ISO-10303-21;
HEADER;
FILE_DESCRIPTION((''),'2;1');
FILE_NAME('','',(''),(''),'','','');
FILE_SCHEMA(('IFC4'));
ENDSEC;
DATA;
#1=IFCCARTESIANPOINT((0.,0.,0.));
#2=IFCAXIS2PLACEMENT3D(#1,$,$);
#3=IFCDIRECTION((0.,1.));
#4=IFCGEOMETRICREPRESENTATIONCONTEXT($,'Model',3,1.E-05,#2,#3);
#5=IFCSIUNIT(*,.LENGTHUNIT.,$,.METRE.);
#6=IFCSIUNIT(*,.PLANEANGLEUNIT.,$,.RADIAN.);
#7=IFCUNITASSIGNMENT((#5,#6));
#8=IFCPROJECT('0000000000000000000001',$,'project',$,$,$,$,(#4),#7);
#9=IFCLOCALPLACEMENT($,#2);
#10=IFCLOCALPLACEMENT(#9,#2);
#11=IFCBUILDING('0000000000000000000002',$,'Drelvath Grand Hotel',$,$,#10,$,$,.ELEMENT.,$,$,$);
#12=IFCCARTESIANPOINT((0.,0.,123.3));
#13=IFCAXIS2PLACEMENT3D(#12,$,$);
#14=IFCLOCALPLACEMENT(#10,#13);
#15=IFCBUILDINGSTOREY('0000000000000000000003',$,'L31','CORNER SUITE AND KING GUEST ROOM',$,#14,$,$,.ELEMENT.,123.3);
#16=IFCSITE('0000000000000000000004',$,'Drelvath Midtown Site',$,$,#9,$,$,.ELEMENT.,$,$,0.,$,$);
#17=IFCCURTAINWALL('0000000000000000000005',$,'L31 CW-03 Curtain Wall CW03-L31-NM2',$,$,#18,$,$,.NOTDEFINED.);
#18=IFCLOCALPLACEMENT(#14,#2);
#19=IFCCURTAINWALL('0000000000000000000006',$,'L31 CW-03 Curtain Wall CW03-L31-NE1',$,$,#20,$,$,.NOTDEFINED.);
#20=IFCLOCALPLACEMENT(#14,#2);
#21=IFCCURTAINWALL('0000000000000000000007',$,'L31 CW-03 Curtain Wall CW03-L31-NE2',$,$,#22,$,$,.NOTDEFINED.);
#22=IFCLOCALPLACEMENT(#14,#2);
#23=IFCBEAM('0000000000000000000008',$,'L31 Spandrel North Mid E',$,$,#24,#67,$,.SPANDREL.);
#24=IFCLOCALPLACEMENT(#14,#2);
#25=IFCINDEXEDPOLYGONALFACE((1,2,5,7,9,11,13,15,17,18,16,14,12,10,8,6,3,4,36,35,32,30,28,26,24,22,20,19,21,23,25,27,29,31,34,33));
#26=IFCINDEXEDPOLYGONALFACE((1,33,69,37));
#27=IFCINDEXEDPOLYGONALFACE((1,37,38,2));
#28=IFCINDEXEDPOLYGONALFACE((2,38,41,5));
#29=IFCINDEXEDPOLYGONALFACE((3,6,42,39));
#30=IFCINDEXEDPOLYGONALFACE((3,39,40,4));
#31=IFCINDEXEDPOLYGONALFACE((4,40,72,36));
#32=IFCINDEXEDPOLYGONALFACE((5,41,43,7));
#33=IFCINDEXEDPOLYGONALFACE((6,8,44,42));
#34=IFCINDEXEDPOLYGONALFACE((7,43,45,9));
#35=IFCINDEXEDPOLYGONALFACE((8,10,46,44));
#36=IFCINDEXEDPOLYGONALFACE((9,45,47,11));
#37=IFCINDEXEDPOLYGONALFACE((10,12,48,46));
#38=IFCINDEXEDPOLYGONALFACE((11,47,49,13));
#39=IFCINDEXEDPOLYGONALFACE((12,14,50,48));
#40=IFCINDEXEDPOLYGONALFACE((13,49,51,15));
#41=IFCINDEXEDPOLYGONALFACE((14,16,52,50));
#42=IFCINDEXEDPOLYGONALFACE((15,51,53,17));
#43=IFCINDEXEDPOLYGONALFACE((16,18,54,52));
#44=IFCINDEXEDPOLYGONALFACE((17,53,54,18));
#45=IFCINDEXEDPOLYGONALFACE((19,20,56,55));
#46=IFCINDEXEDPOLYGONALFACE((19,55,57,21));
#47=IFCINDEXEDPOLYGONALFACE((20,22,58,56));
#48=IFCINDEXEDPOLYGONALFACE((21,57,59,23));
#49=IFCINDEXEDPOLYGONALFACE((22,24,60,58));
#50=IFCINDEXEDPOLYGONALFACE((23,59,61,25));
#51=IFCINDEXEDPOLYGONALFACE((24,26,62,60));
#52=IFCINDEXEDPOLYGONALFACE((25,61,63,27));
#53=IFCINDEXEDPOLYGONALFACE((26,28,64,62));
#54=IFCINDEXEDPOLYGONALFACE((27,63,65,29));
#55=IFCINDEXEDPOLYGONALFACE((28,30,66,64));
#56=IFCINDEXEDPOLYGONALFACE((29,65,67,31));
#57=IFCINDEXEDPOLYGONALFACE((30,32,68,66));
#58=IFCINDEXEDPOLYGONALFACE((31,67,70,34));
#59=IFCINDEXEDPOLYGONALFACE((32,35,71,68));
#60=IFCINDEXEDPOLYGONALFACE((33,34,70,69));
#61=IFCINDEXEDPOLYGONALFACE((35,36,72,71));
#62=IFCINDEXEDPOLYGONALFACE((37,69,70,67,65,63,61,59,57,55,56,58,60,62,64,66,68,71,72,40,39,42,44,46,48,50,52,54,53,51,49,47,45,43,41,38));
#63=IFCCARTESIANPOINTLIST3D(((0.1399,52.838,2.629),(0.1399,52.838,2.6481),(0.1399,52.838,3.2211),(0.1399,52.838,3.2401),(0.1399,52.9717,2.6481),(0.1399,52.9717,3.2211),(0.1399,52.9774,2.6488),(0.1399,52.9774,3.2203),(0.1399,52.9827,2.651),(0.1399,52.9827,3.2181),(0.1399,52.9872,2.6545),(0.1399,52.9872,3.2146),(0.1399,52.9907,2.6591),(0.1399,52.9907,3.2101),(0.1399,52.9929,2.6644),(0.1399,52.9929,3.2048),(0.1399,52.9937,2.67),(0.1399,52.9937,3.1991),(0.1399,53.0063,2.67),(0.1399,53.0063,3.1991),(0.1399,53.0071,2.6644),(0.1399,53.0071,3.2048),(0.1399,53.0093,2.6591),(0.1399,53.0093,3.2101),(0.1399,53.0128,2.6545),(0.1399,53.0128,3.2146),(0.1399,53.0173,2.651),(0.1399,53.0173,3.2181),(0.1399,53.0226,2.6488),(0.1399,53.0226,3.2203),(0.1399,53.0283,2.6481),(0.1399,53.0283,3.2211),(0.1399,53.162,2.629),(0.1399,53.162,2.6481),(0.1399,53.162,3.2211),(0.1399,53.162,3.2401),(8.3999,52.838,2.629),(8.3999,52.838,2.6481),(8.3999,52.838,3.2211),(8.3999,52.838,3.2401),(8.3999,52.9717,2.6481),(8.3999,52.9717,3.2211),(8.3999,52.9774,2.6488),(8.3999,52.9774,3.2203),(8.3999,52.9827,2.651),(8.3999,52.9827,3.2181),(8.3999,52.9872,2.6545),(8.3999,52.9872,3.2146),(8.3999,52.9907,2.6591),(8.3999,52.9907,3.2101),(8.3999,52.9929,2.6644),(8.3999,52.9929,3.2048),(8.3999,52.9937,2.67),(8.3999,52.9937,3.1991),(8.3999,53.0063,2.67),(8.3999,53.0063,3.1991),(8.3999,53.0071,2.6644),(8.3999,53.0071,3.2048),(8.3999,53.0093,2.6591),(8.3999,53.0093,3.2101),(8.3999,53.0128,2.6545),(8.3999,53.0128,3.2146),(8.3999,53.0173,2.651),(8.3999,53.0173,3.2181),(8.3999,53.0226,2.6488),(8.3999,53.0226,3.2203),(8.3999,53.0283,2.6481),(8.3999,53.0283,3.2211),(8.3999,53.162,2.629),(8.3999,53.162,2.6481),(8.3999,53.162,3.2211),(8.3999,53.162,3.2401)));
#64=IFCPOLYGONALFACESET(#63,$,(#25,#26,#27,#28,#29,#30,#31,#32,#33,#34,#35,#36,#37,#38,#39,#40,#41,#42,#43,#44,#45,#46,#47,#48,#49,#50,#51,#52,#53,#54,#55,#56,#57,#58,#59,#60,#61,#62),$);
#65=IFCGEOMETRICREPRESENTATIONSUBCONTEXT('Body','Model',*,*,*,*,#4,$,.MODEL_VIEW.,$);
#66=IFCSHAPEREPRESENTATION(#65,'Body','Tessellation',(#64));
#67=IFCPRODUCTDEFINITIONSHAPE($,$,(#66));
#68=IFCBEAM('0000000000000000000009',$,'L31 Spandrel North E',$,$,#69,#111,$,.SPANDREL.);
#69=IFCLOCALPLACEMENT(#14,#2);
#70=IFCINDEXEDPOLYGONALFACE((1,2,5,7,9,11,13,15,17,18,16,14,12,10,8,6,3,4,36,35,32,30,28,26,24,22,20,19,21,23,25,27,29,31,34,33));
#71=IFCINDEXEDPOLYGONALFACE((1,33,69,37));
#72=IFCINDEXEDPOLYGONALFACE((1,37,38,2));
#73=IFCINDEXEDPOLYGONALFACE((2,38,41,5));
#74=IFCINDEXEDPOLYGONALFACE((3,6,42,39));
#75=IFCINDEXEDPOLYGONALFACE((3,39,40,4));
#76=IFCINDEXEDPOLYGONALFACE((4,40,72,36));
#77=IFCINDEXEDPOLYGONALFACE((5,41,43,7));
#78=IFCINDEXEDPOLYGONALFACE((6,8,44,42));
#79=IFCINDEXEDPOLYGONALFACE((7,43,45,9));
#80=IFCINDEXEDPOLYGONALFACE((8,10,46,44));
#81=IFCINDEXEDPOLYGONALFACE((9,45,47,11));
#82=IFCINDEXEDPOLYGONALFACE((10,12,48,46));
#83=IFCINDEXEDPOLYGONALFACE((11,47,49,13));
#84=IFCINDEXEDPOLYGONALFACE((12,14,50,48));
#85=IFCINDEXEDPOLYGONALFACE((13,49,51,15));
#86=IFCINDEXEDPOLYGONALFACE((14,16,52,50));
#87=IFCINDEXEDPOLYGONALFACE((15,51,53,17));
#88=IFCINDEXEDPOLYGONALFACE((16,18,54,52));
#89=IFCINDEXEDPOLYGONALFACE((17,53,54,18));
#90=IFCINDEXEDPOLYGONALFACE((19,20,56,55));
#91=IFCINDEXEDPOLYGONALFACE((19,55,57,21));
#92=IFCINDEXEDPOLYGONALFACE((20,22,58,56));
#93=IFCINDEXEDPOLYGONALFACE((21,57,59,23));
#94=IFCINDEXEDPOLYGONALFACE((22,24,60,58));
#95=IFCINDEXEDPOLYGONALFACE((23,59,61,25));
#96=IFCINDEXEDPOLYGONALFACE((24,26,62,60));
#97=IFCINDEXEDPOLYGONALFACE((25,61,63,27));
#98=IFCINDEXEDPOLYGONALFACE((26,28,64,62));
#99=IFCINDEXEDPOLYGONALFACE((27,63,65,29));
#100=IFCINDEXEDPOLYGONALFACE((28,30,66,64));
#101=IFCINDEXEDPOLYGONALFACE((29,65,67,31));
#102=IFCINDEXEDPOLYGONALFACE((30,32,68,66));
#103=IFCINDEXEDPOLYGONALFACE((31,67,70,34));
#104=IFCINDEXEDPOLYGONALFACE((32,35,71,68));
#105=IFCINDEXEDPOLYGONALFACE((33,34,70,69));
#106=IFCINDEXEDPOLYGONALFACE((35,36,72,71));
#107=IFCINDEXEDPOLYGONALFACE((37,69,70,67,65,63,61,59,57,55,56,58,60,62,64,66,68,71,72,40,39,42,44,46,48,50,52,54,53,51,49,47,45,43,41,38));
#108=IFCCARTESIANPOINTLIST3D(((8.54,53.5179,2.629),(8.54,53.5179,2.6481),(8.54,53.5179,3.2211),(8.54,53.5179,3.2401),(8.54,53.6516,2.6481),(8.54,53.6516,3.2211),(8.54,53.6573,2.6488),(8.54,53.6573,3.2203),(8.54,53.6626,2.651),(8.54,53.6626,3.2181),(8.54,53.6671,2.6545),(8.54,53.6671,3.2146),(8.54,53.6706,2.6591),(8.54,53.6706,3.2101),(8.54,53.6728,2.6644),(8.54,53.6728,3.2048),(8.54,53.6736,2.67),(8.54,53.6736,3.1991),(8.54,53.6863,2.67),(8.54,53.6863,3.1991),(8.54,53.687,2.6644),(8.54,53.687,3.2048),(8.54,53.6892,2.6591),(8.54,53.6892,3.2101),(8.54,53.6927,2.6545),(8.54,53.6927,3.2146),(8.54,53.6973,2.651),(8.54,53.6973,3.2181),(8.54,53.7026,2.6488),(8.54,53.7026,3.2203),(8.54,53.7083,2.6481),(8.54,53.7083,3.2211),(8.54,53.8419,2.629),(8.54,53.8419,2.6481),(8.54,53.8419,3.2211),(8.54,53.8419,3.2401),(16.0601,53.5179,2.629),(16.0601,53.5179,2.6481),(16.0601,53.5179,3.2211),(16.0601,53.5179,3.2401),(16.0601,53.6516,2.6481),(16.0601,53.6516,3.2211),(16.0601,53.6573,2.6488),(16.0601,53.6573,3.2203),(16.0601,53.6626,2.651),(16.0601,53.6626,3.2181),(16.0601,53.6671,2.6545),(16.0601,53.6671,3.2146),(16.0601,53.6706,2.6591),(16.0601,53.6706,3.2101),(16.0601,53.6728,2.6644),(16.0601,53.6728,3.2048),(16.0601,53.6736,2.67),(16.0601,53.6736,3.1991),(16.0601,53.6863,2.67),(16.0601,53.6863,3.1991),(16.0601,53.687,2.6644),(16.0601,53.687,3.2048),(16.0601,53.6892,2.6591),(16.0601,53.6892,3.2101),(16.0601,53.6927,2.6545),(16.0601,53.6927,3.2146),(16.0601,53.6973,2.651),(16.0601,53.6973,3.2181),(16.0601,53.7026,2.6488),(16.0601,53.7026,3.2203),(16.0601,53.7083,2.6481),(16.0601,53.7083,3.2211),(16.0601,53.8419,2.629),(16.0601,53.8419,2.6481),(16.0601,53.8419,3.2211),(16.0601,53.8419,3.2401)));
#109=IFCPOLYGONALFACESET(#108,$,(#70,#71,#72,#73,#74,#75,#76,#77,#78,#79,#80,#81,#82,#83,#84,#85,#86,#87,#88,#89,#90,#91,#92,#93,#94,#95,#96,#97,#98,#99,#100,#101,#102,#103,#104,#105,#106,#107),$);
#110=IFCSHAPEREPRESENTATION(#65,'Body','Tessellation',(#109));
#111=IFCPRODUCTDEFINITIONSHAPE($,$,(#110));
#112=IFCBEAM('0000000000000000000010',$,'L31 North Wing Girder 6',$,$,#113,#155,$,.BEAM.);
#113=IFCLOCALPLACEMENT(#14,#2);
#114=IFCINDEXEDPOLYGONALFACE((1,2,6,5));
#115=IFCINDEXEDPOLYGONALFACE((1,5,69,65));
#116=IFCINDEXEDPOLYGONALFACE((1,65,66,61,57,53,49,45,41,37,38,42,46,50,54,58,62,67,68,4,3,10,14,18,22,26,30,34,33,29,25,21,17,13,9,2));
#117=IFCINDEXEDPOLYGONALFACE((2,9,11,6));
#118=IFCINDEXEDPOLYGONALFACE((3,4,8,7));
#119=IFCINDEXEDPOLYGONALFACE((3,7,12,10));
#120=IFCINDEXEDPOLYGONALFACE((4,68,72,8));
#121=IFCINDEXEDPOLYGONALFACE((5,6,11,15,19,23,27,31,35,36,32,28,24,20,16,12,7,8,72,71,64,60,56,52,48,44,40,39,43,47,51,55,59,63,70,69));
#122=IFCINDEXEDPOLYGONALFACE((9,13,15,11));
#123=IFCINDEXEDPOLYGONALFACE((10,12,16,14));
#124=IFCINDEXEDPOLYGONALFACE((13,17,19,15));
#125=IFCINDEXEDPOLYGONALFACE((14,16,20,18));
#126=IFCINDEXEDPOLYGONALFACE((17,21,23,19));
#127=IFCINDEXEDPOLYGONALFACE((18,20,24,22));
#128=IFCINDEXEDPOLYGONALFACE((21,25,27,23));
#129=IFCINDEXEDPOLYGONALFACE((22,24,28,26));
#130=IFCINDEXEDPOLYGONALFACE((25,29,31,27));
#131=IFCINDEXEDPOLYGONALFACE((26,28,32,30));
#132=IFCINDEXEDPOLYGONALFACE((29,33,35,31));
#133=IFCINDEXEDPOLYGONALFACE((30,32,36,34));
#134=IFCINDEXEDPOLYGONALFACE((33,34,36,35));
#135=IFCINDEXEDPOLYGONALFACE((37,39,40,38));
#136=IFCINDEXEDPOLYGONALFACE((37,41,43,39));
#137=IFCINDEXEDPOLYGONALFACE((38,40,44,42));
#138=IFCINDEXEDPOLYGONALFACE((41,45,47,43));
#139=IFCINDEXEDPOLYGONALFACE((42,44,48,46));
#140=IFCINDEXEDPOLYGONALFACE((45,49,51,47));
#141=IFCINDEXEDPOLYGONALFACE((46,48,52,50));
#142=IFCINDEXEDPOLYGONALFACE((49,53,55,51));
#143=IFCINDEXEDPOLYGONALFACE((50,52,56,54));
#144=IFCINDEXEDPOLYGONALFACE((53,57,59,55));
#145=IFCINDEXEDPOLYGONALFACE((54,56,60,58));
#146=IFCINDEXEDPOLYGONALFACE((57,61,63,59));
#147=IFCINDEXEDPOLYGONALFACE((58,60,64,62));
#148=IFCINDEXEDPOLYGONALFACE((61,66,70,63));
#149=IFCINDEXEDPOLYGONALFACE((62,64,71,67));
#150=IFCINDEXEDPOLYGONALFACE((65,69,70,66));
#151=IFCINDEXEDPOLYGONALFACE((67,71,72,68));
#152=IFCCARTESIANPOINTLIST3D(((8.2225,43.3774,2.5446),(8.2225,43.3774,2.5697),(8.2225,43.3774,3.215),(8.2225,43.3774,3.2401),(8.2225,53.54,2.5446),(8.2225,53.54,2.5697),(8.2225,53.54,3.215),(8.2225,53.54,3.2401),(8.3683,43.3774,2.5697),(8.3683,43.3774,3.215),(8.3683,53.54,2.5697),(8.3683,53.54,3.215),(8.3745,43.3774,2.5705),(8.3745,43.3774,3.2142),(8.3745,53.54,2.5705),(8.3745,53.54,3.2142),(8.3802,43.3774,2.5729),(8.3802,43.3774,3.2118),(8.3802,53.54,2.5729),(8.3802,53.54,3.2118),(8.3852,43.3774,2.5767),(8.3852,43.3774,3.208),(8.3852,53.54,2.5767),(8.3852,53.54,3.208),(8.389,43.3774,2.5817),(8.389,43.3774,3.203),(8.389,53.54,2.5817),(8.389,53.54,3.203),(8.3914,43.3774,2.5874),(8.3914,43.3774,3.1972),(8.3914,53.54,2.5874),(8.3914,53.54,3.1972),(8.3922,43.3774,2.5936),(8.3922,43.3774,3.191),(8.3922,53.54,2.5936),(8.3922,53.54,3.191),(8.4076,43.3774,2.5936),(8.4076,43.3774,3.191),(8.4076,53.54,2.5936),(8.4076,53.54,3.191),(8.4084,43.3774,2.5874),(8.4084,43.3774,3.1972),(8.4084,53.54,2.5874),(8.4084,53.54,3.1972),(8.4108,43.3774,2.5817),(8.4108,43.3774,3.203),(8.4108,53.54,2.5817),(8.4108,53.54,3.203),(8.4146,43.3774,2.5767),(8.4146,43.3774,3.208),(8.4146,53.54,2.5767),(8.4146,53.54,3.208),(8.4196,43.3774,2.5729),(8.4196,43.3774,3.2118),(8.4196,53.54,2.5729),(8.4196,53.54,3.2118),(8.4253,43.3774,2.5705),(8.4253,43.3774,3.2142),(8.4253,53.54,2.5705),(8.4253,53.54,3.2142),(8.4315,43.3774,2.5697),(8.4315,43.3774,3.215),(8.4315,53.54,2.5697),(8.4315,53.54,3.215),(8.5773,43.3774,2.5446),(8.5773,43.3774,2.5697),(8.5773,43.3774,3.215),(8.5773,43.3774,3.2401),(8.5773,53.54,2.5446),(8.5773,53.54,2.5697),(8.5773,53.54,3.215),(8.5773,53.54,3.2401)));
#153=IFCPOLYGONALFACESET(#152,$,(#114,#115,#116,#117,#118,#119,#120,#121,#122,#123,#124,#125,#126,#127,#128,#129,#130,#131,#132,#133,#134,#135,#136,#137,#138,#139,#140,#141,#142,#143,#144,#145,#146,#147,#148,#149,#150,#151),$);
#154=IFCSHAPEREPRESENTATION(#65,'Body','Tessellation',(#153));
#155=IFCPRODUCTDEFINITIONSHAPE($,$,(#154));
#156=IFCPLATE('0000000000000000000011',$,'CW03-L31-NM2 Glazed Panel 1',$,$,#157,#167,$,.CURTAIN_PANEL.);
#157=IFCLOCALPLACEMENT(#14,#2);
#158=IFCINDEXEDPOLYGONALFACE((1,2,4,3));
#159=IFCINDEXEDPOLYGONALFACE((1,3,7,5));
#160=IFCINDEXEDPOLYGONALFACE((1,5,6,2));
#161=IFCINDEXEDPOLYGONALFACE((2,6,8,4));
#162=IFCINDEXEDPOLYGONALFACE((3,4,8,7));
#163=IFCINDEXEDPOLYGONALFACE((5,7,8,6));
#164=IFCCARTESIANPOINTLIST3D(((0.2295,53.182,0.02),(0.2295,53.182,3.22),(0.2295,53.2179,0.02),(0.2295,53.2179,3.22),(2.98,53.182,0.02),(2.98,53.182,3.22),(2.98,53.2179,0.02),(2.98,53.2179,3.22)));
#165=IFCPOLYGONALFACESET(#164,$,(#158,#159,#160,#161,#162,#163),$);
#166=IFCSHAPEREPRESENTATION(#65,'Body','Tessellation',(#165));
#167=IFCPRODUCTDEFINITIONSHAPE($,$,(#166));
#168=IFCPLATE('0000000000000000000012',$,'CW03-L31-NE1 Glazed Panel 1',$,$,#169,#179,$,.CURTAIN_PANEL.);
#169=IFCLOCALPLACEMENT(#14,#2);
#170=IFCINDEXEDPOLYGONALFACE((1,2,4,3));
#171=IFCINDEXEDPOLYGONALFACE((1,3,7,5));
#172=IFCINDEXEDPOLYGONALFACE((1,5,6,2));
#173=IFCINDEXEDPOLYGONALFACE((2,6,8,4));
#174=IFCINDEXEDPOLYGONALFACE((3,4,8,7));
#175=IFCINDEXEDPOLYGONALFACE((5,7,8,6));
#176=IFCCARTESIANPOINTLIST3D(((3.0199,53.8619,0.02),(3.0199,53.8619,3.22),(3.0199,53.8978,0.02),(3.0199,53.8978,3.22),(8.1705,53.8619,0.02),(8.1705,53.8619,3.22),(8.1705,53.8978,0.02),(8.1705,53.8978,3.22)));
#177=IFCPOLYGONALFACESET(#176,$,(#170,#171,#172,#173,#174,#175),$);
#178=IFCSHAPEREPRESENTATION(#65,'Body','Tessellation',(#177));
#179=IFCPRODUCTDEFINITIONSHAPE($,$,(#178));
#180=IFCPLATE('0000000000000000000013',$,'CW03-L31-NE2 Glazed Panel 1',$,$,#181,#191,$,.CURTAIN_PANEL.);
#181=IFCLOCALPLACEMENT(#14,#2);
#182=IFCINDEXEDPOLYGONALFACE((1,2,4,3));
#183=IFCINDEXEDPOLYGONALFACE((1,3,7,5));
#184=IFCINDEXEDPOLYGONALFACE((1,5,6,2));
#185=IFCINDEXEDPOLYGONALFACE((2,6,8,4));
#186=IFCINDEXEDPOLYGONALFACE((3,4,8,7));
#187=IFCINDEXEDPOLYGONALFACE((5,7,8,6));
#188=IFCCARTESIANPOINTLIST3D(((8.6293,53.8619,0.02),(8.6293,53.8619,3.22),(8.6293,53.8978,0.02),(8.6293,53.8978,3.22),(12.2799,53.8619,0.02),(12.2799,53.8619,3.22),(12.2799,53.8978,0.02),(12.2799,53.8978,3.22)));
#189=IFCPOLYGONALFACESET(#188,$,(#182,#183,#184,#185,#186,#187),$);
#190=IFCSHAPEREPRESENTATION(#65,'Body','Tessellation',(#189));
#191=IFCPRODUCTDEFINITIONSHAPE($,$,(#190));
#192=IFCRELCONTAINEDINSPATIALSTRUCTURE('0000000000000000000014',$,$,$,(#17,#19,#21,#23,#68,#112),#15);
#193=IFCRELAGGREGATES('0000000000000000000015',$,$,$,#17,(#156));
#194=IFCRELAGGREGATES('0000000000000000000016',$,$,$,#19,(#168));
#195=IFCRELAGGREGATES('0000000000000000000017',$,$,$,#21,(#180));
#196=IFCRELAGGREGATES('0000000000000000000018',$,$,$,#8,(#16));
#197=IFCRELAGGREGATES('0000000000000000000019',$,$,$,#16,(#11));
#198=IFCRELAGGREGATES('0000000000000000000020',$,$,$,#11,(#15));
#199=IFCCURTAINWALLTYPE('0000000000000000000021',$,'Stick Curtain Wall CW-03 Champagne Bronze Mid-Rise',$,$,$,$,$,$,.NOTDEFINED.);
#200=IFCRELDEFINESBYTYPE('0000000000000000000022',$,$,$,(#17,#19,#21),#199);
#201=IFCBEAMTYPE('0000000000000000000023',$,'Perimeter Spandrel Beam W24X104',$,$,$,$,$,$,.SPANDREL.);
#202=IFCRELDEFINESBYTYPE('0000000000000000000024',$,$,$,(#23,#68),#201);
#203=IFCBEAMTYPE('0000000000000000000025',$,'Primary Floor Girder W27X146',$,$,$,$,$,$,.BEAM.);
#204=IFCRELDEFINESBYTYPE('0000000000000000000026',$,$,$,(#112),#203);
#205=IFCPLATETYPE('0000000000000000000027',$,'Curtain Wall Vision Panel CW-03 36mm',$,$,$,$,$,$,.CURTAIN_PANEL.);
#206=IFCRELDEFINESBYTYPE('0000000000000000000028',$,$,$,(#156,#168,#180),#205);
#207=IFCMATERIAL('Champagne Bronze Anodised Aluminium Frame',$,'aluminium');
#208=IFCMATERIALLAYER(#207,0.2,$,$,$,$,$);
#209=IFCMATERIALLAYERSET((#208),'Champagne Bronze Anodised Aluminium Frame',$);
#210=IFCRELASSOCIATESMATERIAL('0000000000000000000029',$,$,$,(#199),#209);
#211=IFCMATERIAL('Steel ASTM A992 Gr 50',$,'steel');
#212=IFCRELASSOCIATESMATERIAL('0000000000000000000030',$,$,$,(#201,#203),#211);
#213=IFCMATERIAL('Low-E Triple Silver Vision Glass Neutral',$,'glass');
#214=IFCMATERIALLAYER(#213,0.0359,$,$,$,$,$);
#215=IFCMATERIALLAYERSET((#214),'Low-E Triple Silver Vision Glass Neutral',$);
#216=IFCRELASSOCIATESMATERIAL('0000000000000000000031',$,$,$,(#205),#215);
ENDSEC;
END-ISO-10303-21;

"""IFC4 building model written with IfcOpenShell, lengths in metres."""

from ifc_helpers import new_model, si_unit, direction, frame, origin, origin_2d, place, context, subcontext, project, spatial, rectangle, i_section, extrude, material, layer, layer_set, material_profile, profile_set, type_object, element, aggregate, save


model = new_model("IFC4")

# Units and contexts
model_context = context("Model", 3, precision=1e-05, world=origin(), true_north=direction((0.0, 1.0)))
body_context = subcontext(model_context, "Body", "Model", "MODEL_VIEW")
ifc_project = project(units=[si_unit("LENGTHUNIT", "METRE"), si_unit("PLANEANGLEUNIT", "RADIAN")], contexts=[model_context])

# Site, building, storey
site_placement = place(None, origin())
site = spatial("IfcSite", under=ifc_project, at=site_placement, Name="Drelvath Midtown Site", CompositionType="ELEMENT", RefElevation=0.0)
building_placement = place(site_placement, origin())
building = spatial("IfcBuilding", under=site, at=building_placement, Name="Drelvath Grand Hotel", CompositionType="ELEMENT")
storey_placement = place(building_placement, frame((0.0, 0.0, 123.3)))
storey = spatial("IfcBuildingStorey", under=building, at=storey_placement, Name="L31", Description="CORNER SUITE AND KING GUEST ROOM", CompositionType="ELEMENT", Elevation=123.3)

# Curtain walls
ifc_material_1 = material(Name="Champagne Bronze Anodised Aluminium Frame", Category="aluminium")
ifc_layer_1 = layer(ifc_material_1, 0.2)
ifc_layer_set_1 = layer_set([ifc_layer_1], Name="Champagne Bronze Anodised Aluminium Frame")
curtain_wall_type = type_object("IfcCurtainWallType", Name="Stick Curtain Wall CW-03 Champagne Bronze Mid-Rise", PredefinedType="NOTDEFINED", material=ifc_layer_set_1)
curtain_wall_1_placement = place(storey_placement, origin())
curtain_wall_1 = element("IfcCurtainWall", 1, at=curtain_wall_1_placement, inside=storey, type_object=curtain_wall_type, Name="L31 CW-03 Curtain Wall CW03-L31-NM2", PredefinedType="NOTDEFINED")
curtain_wall_2_placement = place(storey_placement, origin())
curtain_wall_2 = element("IfcCurtainWall", 2, at=curtain_wall_2_placement, inside=storey, type_object=curtain_wall_type, Name="L31 CW-03 Curtain Wall CW03-L31-NE1", PredefinedType="NOTDEFINED")
curtain_wall_3_placement = place(storey_placement, origin())
curtain_wall_3 = element("IfcCurtainWall", 3, at=curtain_wall_3_placement, inside=storey, type_object=curtain_wall_type, Name="L31 CW-03 Curtain Wall CW03-L31-NE2", PredefinedType="NOTDEFINED")

# Beams
ifc_material_2 = material(Name="Steel ASTM A992 Gr 50", Category="steel")
ifc_material_profile_1 = material_profile(ifc_material_2, i_section(OverallWidth=0.324, OverallDepth=0.6111, WebThickness=0.0127, FlangeThickness=0.019, FilletRadius=0.022, at=origin_2d()), Name="W24X104")
ifc_profile_set_1 = profile_set([ifc_material_profile_1], Name="Steel ASTM A992 Gr 50")
beam_type_1 = type_object("IfcBeamType", Name="Perimeter Spandrel Beam W24X104", PredefinedType="SPANDREL", material=ifc_profile_set_1)
beam_1_placement = place(storey_placement, frame((0.1399, 53.0, 2.9346), z_axis=(1.0, 0.0, 0.0), x_axis=(0.0, 1.0, 0.0)))
element("IfcBeam", 4, at=beam_1_placement, inside=storey, type_object=beam_type_1, Name="L31 Spandrel North Mid E", PredefinedType="SPANDREL", context=body_context, shape_type="SweptSolid", body=[
    extrude(i_section(OverallWidth=0.324, OverallDepth=0.6111, WebThickness=0.0127, FlangeThickness=0.019, FilletRadius=0.022, at=origin_2d()), origin(), (0.0, 0.0, 1.0), 8.26),
])
beam_2_placement = place(storey_placement, frame((8.54, 53.6799, 2.9346), z_axis=(1.0, 0.0, 0.0), x_axis=(0.0, 1.0, 0.0)))
element("IfcBeam", 5, at=beam_2_placement, inside=storey, type_object=beam_type_1, Name="L31 Spandrel North E", PredefinedType="SPANDREL", context=body_context, shape_type="SweptSolid", body=[
    extrude(i_section(OverallWidth=0.324, OverallDepth=0.6111, WebThickness=0.0127, FlangeThickness=0.019, FilletRadius=0.022, at=origin_2d()), origin(), (0.0, 0.0, 1.0), 7.52),
])
ifc_material_profile_2 = material_profile(ifc_material_2, i_section(OverallWidth=0.3547, OverallDepth=0.6956, WebThickness=0.0154, FlangeThickness=0.0251, FilletRadius=0.0239, at=origin_2d()), Name="W27X146")
ifc_profile_set_2 = profile_set([ifc_material_profile_2], Name="Steel ASTM A992 Gr 50")
beam_type_2 = type_object("IfcBeamType", Name="Primary Floor Girder W27X146", PredefinedType="BEAM", material=ifc_profile_set_2)
beam_3_placement = place(storey_placement, frame((8.3999, 43.3774, 2.8923), z_axis=(0.0, 1.0, 0.0), x_axis=(-1.0, 0.0, 0.0)))
element("IfcBeam", 6, at=beam_3_placement, inside=storey, type_object=beam_type_2, Name="L31 North Wing Girder 6", PredefinedType="BEAM", context=body_context, shape_type="SweptSolid", body=[
    extrude(i_section(OverallWidth=0.3547, OverallDepth=0.6956, WebThickness=0.0154, FlangeThickness=0.0251, FilletRadius=0.0239, at=origin_2d()), origin(), (0.0, 0.0, 1.0), 10.1626),
])

# Plates
ifc_material_3 = material(Name="Low-E Triple Silver Vision Glass Neutral", Category="glass")
ifc_layer_2 = layer(ifc_material_3, 0.0359)
ifc_layer_set_2 = layer_set([ifc_layer_2], Name="Low-E Triple Silver Vision Glass Neutral")
plate_type = type_object("IfcPlateType", Name="Curtain Wall Vision Panel CW-03 36mm", PredefinedType="CURTAIN_PANEL", material=ifc_layer_set_2)
plate_1_placement = place(storey_placement, frame((1.6047, 53.2, 0.02), z_axis=(0.0, 0.0, 1.0), x_axis=(1.0, 0.0, 0.0)))
plate_1 = element("IfcPlate", 7, at=plate_1_placement, type_object=plate_type, Name="CW03-L31-NM2 Glazed Panel 1", PredefinedType="CURTAIN_PANEL", context=body_context, shape_type="SweptSolid", body=[
    extrude(rectangle(XDim=2.7505, YDim=0.0359, at=origin_2d()), origin(), (0.0, 0.0, 1.0), 3.2),
])
aggregate(curtain_wall_1, [plate_1])
plate_2_placement = place(storey_placement, frame((5.5952, 53.8799, 0.02), z_axis=(0.0, 0.0, 1.0), x_axis=(1.0, 0.0, 0.0)))
plate_2 = element("IfcPlate", 8, at=plate_2_placement, type_object=plate_type, Name="CW03-L31-NE1 Glazed Panel 1", PredefinedType="CURTAIN_PANEL", context=body_context, shape_type="SweptSolid", body=[
    extrude(rectangle(XDim=5.1506, YDim=0.0359, at=origin_2d()), origin(), (0.0, 0.0, 1.0), 3.2),
])
aggregate(curtain_wall_2, [plate_2])
plate_3_placement = place(storey_placement, frame((10.4546, 53.8799, 0.02), z_axis=(0.0, 0.0, 1.0), x_axis=(1.0, 0.0, 0.0)))
plate_3 = element("IfcPlate", 9, at=plate_3_placement, type_object=plate_type, Name="CW03-L31-NE2 Glazed Panel 1", PredefinedType="CURTAIN_PANEL", context=body_context, shape_type="SweptSolid", body=[
    extrude(rectangle(XDim=3.6506, YDim=0.0359, at=origin_2d()), origin(), (0.0, 0.0, 1.0), 3.2),
])
aggregate(curtain_wall_3, [plate_3])

save(model, "model.ifc")
